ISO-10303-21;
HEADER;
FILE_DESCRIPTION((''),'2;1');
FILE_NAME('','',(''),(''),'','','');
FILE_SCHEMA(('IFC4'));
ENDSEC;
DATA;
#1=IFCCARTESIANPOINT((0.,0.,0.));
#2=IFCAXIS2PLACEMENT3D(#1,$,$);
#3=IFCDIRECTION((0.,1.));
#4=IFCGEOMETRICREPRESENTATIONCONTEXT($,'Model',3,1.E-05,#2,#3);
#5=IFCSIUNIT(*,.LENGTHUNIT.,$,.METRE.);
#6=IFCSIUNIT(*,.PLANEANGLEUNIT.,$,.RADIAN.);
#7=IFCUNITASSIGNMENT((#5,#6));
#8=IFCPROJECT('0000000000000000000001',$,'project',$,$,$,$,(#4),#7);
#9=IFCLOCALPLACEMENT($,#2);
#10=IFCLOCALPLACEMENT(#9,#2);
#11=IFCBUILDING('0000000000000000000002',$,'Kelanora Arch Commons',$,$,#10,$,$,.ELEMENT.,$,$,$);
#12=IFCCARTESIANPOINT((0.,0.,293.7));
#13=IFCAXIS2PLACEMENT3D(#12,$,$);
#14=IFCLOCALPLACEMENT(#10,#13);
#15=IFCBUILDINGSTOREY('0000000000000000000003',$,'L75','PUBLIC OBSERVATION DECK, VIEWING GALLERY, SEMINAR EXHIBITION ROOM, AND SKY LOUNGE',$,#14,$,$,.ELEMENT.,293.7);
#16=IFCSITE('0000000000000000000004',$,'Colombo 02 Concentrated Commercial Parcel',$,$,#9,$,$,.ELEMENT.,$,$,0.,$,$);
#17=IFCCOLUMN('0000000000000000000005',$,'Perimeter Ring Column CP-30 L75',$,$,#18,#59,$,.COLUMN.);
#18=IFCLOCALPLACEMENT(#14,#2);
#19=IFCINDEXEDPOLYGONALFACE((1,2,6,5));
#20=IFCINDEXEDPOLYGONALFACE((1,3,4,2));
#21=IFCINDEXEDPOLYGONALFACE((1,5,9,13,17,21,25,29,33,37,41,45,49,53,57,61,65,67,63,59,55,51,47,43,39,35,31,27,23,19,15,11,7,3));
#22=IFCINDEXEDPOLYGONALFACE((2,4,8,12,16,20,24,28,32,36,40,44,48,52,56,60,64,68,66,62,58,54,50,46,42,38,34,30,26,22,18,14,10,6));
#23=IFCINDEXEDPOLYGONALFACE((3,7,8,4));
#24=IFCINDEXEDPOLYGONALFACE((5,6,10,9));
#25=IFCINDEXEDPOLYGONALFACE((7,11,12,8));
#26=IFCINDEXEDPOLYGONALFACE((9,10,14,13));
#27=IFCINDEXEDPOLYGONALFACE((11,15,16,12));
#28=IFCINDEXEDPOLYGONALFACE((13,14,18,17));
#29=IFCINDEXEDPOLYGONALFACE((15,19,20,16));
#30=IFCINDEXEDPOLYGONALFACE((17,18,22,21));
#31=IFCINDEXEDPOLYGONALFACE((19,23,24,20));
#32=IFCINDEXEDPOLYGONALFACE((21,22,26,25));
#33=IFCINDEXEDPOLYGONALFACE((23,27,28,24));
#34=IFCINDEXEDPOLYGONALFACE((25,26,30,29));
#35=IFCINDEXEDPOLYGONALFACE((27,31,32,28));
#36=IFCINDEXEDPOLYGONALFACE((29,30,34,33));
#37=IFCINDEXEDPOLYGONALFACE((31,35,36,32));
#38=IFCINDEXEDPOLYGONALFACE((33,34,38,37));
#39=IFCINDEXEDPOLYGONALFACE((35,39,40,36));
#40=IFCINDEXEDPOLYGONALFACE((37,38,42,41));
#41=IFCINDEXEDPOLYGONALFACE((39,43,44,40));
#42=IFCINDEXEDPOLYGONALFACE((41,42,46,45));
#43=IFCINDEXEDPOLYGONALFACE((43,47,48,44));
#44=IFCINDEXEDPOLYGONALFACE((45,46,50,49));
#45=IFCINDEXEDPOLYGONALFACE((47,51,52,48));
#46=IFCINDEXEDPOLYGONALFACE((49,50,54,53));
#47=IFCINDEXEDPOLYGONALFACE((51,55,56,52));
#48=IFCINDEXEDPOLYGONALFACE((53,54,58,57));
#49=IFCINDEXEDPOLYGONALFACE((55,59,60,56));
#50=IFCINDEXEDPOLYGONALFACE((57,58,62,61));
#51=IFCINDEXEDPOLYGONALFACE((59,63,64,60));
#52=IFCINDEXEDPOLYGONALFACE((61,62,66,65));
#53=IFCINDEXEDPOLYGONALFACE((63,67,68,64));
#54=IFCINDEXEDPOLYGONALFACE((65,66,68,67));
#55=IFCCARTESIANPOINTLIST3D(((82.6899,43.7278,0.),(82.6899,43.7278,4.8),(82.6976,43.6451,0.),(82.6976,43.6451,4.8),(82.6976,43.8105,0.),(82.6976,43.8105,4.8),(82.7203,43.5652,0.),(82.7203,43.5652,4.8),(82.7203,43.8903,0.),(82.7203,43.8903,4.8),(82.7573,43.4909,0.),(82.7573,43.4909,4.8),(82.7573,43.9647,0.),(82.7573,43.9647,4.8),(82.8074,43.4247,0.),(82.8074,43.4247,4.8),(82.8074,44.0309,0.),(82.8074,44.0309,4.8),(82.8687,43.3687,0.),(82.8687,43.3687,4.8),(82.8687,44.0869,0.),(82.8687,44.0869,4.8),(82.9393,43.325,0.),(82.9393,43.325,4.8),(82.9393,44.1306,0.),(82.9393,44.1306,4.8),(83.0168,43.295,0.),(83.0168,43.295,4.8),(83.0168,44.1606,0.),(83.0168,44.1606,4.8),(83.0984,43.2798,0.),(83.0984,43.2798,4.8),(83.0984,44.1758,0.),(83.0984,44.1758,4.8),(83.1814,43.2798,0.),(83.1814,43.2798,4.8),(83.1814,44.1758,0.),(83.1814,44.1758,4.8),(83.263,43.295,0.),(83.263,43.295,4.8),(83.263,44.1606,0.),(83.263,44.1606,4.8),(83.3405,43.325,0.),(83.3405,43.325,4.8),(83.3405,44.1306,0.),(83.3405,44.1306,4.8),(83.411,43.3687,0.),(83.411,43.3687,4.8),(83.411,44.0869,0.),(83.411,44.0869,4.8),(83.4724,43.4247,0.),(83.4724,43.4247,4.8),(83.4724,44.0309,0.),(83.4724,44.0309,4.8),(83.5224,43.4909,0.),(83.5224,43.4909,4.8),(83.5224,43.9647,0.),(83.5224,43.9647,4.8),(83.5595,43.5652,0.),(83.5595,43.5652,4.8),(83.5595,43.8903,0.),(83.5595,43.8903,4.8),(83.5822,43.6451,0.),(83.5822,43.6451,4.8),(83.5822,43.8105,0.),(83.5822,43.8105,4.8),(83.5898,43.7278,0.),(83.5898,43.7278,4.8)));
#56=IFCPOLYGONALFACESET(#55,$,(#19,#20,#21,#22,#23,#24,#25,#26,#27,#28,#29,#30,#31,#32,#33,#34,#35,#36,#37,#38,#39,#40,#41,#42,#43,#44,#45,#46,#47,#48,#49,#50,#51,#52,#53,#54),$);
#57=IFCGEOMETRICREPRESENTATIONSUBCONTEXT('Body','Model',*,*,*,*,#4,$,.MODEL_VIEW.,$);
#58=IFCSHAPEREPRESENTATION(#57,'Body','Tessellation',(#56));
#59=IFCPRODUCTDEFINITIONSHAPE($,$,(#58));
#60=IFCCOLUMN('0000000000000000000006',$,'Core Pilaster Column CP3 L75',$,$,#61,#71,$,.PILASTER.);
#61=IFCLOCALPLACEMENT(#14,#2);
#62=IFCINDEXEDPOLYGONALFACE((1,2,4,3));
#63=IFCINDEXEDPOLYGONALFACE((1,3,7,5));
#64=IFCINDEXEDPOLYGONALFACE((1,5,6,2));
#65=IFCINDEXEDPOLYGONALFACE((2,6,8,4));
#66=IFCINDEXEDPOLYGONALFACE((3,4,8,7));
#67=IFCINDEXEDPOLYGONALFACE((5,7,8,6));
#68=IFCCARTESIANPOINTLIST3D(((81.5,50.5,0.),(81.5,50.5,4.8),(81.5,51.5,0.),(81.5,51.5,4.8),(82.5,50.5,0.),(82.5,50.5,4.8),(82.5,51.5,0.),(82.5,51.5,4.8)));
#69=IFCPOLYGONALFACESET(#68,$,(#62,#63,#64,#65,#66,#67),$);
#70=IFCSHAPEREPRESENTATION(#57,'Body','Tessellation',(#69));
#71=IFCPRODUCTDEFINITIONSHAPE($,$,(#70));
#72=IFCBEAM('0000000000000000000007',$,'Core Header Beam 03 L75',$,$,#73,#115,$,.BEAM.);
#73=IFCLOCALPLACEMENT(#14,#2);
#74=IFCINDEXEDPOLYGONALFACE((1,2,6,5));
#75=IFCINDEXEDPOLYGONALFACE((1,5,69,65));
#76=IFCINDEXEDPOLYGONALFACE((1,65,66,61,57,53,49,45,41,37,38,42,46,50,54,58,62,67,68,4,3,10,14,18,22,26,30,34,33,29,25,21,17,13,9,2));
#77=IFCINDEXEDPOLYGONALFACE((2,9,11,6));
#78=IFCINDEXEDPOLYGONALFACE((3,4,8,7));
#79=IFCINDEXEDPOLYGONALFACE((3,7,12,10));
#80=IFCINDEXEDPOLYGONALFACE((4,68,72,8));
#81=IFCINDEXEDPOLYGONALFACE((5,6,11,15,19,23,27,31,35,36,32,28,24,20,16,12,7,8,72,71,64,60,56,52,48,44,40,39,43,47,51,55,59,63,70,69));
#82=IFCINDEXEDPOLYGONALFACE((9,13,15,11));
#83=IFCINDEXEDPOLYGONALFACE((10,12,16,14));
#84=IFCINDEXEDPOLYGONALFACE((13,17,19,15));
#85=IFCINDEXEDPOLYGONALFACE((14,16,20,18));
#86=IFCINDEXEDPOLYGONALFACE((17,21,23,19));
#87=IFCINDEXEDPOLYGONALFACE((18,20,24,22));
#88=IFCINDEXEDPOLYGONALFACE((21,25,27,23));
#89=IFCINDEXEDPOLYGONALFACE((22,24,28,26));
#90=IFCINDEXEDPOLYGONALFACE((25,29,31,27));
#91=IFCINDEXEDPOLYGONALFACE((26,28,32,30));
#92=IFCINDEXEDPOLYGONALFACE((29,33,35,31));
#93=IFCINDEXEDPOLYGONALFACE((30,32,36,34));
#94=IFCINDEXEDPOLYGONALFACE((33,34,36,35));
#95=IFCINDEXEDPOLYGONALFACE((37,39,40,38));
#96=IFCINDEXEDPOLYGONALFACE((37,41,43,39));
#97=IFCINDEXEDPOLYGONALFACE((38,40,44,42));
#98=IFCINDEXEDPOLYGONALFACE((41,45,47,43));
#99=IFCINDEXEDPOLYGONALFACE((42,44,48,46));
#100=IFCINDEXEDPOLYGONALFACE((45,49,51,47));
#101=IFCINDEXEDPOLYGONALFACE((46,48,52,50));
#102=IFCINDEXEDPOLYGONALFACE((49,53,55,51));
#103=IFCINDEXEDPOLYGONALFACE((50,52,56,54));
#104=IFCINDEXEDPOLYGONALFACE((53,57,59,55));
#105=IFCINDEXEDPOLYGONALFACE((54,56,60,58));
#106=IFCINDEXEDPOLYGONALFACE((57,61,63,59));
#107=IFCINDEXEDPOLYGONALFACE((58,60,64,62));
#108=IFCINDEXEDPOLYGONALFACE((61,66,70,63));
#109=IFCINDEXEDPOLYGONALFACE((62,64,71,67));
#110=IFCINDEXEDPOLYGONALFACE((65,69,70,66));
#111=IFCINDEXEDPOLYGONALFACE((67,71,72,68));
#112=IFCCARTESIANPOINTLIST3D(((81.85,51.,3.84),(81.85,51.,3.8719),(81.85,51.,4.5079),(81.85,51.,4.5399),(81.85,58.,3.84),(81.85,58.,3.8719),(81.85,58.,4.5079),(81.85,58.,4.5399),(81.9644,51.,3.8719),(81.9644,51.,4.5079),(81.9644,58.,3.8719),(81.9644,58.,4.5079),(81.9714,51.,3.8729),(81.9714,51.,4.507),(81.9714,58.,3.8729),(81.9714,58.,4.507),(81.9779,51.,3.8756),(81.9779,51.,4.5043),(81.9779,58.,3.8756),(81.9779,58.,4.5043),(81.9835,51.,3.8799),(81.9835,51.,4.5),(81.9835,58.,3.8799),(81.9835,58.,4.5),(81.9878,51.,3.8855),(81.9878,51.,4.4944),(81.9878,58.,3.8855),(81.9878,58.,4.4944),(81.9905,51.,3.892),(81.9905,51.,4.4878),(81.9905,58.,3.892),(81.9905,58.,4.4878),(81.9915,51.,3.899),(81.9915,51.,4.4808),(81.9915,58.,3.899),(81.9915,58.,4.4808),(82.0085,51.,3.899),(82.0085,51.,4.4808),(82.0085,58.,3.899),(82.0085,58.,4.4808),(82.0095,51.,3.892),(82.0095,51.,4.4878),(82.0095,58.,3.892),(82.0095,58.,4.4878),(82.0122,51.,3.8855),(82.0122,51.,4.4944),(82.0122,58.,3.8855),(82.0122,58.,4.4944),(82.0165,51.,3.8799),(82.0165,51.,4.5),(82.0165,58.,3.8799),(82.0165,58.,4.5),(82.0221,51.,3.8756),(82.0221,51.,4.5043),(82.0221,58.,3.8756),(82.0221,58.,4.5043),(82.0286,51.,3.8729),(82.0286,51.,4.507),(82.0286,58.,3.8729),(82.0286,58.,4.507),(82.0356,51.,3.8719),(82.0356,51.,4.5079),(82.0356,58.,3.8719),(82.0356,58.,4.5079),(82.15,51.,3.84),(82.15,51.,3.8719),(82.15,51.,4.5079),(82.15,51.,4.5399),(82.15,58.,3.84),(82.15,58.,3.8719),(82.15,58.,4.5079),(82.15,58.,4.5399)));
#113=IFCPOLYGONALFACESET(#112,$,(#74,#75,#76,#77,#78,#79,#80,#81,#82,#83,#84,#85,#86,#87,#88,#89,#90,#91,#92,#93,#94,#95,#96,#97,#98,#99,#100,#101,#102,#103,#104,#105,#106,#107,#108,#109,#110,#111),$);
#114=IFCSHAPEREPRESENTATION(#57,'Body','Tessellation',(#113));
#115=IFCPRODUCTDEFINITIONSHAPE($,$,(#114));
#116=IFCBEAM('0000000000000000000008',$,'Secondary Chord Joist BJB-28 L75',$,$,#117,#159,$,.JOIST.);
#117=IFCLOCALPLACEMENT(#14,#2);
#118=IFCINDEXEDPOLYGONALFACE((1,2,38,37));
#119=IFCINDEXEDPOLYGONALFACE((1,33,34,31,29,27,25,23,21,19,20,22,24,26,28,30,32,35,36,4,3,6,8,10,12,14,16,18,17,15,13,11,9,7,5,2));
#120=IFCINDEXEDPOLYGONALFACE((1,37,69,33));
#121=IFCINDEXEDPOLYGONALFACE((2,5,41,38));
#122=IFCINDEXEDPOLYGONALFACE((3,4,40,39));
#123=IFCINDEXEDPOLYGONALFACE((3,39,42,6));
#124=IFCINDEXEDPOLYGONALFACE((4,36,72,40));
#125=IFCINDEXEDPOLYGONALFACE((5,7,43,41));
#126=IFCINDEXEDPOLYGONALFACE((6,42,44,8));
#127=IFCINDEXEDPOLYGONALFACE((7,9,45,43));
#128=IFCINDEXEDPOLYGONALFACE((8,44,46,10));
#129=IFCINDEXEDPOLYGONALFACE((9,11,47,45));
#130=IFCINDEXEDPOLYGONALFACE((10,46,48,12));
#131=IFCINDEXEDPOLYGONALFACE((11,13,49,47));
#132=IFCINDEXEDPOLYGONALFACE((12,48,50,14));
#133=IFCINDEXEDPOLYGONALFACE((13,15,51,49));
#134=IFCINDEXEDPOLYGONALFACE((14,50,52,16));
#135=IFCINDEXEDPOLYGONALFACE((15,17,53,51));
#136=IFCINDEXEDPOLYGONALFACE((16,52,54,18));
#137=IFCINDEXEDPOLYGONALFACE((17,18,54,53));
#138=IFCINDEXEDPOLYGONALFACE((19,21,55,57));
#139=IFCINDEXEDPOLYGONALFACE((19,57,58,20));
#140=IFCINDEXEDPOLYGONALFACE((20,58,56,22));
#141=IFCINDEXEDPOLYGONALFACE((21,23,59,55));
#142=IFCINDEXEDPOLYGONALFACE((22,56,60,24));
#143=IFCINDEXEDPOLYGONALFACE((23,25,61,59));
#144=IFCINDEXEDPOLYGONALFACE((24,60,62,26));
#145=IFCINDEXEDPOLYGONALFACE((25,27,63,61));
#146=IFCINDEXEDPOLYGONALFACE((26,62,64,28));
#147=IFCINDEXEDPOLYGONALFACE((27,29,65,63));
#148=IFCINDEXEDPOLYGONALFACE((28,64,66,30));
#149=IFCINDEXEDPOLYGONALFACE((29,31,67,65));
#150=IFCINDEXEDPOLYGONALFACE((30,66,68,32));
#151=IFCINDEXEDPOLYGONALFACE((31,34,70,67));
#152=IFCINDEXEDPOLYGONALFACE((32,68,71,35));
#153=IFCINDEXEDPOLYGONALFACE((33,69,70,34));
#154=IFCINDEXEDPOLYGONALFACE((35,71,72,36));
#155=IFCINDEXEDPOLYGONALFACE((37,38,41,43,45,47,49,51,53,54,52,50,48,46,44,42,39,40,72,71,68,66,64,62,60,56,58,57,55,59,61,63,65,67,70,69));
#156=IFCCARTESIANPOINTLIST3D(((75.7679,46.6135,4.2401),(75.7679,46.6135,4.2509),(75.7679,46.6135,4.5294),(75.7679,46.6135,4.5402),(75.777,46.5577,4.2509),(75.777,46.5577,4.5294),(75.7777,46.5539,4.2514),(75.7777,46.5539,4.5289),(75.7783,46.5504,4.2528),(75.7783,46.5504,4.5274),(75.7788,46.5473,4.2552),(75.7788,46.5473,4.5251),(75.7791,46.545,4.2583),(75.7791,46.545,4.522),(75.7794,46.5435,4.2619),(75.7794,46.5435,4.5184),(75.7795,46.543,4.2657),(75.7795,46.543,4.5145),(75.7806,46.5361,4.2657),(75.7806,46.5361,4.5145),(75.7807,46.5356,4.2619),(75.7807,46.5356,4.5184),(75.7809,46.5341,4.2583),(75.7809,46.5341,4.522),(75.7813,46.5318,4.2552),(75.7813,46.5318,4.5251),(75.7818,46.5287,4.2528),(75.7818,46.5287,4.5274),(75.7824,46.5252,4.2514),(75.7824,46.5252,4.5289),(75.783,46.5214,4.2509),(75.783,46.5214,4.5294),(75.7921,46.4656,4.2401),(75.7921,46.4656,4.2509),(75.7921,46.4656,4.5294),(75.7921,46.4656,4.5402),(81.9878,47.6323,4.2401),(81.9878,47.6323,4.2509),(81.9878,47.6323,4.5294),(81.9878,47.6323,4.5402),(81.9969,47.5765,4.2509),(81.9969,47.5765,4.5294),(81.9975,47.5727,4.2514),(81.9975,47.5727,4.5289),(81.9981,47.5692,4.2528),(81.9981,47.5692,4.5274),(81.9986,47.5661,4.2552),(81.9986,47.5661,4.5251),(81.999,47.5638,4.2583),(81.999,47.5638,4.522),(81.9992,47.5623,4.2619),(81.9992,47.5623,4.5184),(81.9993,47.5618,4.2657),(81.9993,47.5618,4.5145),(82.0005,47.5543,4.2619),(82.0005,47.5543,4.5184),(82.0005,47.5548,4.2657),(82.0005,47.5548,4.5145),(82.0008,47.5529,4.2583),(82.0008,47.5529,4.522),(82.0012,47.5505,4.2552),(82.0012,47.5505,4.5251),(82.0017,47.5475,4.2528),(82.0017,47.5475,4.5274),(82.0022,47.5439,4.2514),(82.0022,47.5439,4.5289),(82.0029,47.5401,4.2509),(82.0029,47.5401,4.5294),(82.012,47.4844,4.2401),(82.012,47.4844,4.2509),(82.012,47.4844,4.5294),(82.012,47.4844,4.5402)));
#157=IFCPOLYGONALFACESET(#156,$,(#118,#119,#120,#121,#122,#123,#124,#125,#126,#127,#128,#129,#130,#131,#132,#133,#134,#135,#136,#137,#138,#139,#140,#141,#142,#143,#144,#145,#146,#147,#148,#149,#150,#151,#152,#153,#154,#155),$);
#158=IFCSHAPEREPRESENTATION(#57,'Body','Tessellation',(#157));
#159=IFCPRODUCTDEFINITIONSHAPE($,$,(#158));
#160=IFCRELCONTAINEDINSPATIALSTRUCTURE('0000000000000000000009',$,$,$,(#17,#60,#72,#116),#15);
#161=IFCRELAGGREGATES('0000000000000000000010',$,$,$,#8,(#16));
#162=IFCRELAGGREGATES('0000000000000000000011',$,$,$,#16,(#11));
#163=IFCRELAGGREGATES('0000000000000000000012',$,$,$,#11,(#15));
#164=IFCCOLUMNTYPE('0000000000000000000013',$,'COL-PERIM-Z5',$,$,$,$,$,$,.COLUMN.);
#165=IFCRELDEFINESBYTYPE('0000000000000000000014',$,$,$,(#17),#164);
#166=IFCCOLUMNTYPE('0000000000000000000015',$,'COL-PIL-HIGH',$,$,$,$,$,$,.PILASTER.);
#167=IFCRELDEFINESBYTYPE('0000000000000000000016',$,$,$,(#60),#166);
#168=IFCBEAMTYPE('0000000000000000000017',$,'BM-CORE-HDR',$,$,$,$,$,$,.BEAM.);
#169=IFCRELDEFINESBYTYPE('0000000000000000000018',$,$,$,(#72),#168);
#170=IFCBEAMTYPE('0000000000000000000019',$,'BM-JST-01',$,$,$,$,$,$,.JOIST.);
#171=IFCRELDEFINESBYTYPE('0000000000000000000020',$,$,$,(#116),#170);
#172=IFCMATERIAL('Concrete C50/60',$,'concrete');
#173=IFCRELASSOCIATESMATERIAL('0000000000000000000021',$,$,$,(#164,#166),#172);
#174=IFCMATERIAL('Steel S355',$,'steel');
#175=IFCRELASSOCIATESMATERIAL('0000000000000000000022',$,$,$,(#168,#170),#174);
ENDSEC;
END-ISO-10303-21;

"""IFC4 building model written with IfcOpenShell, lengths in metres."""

from ifc_helpers import new_model, si_unit, direction, frame, origin, origin_2d, place, context, subcontext, project, spatial, rectangle, circle, i_section, extrude, material, material_profile, profile_set, type_object, element, save


model = new_model("IFC4")

# Units and contexts
model_context = context("Model", 3, precision=1e-05, world=origin(), true_north=direction((0.0, 1.0)))
body_context = subcontext(model_context, "Body", "Model", "MODEL_VIEW")
ifc_project = project(units=[si_unit("LENGTHUNIT", "METRE"), si_unit("PLANEANGLEUNIT", "RADIAN")], contexts=[model_context])

# Site, building, storey
site_placement = place(None, origin())
site = spatial("IfcSite", under=ifc_project, at=site_placement, Name="Colombo 02 Concentrated Commercial Parcel", CompositionType="ELEMENT", RefElevation=0.0)
building_placement = place(site_placement, origin())
building = spatial("IfcBuilding", under=site, at=building_placement, Name="Kelanora Arch Commons", CompositionType="ELEMENT")
storey_placement = place(building_placement, frame((0.0, 0.0, 293.7)))
storey = spatial("IfcBuildingStorey", under=building, at=storey_placement, Name="L75", Description="PUBLIC OBSERVATION DECK, VIEWING GALLERY, SEMINAR EXHIBITION ROOM, AND SKY LOUNGE", CompositionType="ELEMENT", Elevation=293.7)

# Columns
ifc_material_1 = material(Name="Concrete C50/60", Category="concrete")
ifc_material_profile_1 = material_profile(ifc_material_1, circle(Radius=0.45, at=origin_2d()), Name="RCC900")
ifc_profile_set_1 = profile_set([ifc_material_profile_1], Name="Concrete C50/60")
column_type_1 = type_object("IfcColumnType", Name="COL-PERIM-Z5", PredefinedType="COLUMN", material=ifc_profile_set_1)
column_1_placement = place(storey_placement, frame((83.1399, 43.7278, 0.0), z_axis=(0.0, 0.0, 1.0), x_axis=(1.0, 0.0, 0.0)))
element("IfcColumn", 1, at=column_1_placement, inside=storey, type_object=column_type_1, Name="Perimeter Ring Column CP-30 L75", PredefinedType="COLUMN", context=body_context, shape_type="SweptSolid", body=[
    extrude(circle(Radius=0.45, at=origin_2d()), origin(), (0.0, 0.0, 1.0), 4.8),
])
ifc_material_profile_2 = material_profile(ifc_material_1, rectangle(XDim=1.0, YDim=1.0, at=origin_2d()), Name="RC1000x1000")
ifc_profile_set_2 = profile_set([ifc_material_profile_2], Name="Concrete C50/60")
column_type_2 = type_object("IfcColumnType", Name="COL-PIL-HIGH", PredefinedType="PILASTER", material=ifc_profile_set_2)
column_2_placement = place(storey_placement, frame((82.0, 51.0, 0.0), z_axis=(0.0, 0.0, 1.0), x_axis=(1.0, 0.0, 0.0)))
element("IfcColumn", 2, at=column_2_placement, inside=storey, type_object=column_type_2, Name="Core Pilaster Column CP3 L75", PredefinedType="PILASTER", context=body_context, shape_type="SweptSolid", body=[
    extrude(rectangle(XDim=1.0, YDim=1.0, at=origin_2d()), origin(), (0.0, 0.0, 1.0), 4.8),
])

# Beams
ifc_material_2 = material(Name="Steel S355", Category="steel")
ifc_material_profile_3 = material_profile(ifc_material_2, i_section(OverallWidth=0.3, OverallDepth=0.7, WebThickness=0.0171, FlangeThickness=0.032, FilletRadius=0.0271, at=origin_2d()), Name="HEB700")
ifc_profile_set_3 = profile_set([ifc_material_profile_3], Name="Steel S355")
beam_type_1 = type_object("IfcBeamType", Name="BM-CORE-HDR", PredefinedType="BEAM", material=ifc_profile_set_3)
beam_1_placement = place(storey_placement, frame((82.0, 51.0, 4.1899), z_axis=(0.0, 1.0, 0.0), x_axis=(-1.0, 0.0, 0.0)))
element("IfcBeam", 3, at=beam_1_placement, inside=storey, type_object=beam_type_1, Name="Core Header Beam 03 L75", PredefinedType="BEAM", context=body_context, shape_type="SweptSolid", body=[
    extrude(i_section(OverallWidth=0.3, OverallDepth=0.7, WebThickness=0.0171, FlangeThickness=0.032, FilletRadius=0.0271, at=origin_2d()), origin(), (0.0, 0.0, 1.0), 7.0),
])
ifc_material_profile_4 = material_profile(ifc_material_2, i_section(OverallWidth=0.1499, OverallDepth=0.3, WebThickness=0.0071, FlangeThickness=0.0107, FilletRadius=0.0149, at=origin_2d()), Name="IPE300")
ifc_profile_set_4 = profile_set([ifc_material_profile_4], Name="Steel S355")
beam_type_2 = type_object("IfcBeamType", Name="BM-JST-01", PredefinedType="JOIST", material=ifc_profile_set_4)
beam_2_placement = place(storey_placement, frame((75.78, 46.5396, 4.3901), z_axis=(0.98685, 0.161641, 0.0), x_axis=(-0.161641, 0.98685, 0.0)))
element("IfcBeam", 4, at=beam_2_placement, inside=storey, type_object=beam_type_2, Name="Secondary Chord Joist BJB-28 L75", PredefinedType="JOIST", context=body_context, shape_type="SweptSolid", body=[
    extrude(i_section(OverallWidth=0.1499, OverallDepth=0.3, WebThickness=0.0071, FlangeThickness=0.0107, FilletRadius=0.0149, at=origin_2d()), origin(), (0.0, 0.0, 1.0), 6.3027),
])

save(model, "model.ifc")
